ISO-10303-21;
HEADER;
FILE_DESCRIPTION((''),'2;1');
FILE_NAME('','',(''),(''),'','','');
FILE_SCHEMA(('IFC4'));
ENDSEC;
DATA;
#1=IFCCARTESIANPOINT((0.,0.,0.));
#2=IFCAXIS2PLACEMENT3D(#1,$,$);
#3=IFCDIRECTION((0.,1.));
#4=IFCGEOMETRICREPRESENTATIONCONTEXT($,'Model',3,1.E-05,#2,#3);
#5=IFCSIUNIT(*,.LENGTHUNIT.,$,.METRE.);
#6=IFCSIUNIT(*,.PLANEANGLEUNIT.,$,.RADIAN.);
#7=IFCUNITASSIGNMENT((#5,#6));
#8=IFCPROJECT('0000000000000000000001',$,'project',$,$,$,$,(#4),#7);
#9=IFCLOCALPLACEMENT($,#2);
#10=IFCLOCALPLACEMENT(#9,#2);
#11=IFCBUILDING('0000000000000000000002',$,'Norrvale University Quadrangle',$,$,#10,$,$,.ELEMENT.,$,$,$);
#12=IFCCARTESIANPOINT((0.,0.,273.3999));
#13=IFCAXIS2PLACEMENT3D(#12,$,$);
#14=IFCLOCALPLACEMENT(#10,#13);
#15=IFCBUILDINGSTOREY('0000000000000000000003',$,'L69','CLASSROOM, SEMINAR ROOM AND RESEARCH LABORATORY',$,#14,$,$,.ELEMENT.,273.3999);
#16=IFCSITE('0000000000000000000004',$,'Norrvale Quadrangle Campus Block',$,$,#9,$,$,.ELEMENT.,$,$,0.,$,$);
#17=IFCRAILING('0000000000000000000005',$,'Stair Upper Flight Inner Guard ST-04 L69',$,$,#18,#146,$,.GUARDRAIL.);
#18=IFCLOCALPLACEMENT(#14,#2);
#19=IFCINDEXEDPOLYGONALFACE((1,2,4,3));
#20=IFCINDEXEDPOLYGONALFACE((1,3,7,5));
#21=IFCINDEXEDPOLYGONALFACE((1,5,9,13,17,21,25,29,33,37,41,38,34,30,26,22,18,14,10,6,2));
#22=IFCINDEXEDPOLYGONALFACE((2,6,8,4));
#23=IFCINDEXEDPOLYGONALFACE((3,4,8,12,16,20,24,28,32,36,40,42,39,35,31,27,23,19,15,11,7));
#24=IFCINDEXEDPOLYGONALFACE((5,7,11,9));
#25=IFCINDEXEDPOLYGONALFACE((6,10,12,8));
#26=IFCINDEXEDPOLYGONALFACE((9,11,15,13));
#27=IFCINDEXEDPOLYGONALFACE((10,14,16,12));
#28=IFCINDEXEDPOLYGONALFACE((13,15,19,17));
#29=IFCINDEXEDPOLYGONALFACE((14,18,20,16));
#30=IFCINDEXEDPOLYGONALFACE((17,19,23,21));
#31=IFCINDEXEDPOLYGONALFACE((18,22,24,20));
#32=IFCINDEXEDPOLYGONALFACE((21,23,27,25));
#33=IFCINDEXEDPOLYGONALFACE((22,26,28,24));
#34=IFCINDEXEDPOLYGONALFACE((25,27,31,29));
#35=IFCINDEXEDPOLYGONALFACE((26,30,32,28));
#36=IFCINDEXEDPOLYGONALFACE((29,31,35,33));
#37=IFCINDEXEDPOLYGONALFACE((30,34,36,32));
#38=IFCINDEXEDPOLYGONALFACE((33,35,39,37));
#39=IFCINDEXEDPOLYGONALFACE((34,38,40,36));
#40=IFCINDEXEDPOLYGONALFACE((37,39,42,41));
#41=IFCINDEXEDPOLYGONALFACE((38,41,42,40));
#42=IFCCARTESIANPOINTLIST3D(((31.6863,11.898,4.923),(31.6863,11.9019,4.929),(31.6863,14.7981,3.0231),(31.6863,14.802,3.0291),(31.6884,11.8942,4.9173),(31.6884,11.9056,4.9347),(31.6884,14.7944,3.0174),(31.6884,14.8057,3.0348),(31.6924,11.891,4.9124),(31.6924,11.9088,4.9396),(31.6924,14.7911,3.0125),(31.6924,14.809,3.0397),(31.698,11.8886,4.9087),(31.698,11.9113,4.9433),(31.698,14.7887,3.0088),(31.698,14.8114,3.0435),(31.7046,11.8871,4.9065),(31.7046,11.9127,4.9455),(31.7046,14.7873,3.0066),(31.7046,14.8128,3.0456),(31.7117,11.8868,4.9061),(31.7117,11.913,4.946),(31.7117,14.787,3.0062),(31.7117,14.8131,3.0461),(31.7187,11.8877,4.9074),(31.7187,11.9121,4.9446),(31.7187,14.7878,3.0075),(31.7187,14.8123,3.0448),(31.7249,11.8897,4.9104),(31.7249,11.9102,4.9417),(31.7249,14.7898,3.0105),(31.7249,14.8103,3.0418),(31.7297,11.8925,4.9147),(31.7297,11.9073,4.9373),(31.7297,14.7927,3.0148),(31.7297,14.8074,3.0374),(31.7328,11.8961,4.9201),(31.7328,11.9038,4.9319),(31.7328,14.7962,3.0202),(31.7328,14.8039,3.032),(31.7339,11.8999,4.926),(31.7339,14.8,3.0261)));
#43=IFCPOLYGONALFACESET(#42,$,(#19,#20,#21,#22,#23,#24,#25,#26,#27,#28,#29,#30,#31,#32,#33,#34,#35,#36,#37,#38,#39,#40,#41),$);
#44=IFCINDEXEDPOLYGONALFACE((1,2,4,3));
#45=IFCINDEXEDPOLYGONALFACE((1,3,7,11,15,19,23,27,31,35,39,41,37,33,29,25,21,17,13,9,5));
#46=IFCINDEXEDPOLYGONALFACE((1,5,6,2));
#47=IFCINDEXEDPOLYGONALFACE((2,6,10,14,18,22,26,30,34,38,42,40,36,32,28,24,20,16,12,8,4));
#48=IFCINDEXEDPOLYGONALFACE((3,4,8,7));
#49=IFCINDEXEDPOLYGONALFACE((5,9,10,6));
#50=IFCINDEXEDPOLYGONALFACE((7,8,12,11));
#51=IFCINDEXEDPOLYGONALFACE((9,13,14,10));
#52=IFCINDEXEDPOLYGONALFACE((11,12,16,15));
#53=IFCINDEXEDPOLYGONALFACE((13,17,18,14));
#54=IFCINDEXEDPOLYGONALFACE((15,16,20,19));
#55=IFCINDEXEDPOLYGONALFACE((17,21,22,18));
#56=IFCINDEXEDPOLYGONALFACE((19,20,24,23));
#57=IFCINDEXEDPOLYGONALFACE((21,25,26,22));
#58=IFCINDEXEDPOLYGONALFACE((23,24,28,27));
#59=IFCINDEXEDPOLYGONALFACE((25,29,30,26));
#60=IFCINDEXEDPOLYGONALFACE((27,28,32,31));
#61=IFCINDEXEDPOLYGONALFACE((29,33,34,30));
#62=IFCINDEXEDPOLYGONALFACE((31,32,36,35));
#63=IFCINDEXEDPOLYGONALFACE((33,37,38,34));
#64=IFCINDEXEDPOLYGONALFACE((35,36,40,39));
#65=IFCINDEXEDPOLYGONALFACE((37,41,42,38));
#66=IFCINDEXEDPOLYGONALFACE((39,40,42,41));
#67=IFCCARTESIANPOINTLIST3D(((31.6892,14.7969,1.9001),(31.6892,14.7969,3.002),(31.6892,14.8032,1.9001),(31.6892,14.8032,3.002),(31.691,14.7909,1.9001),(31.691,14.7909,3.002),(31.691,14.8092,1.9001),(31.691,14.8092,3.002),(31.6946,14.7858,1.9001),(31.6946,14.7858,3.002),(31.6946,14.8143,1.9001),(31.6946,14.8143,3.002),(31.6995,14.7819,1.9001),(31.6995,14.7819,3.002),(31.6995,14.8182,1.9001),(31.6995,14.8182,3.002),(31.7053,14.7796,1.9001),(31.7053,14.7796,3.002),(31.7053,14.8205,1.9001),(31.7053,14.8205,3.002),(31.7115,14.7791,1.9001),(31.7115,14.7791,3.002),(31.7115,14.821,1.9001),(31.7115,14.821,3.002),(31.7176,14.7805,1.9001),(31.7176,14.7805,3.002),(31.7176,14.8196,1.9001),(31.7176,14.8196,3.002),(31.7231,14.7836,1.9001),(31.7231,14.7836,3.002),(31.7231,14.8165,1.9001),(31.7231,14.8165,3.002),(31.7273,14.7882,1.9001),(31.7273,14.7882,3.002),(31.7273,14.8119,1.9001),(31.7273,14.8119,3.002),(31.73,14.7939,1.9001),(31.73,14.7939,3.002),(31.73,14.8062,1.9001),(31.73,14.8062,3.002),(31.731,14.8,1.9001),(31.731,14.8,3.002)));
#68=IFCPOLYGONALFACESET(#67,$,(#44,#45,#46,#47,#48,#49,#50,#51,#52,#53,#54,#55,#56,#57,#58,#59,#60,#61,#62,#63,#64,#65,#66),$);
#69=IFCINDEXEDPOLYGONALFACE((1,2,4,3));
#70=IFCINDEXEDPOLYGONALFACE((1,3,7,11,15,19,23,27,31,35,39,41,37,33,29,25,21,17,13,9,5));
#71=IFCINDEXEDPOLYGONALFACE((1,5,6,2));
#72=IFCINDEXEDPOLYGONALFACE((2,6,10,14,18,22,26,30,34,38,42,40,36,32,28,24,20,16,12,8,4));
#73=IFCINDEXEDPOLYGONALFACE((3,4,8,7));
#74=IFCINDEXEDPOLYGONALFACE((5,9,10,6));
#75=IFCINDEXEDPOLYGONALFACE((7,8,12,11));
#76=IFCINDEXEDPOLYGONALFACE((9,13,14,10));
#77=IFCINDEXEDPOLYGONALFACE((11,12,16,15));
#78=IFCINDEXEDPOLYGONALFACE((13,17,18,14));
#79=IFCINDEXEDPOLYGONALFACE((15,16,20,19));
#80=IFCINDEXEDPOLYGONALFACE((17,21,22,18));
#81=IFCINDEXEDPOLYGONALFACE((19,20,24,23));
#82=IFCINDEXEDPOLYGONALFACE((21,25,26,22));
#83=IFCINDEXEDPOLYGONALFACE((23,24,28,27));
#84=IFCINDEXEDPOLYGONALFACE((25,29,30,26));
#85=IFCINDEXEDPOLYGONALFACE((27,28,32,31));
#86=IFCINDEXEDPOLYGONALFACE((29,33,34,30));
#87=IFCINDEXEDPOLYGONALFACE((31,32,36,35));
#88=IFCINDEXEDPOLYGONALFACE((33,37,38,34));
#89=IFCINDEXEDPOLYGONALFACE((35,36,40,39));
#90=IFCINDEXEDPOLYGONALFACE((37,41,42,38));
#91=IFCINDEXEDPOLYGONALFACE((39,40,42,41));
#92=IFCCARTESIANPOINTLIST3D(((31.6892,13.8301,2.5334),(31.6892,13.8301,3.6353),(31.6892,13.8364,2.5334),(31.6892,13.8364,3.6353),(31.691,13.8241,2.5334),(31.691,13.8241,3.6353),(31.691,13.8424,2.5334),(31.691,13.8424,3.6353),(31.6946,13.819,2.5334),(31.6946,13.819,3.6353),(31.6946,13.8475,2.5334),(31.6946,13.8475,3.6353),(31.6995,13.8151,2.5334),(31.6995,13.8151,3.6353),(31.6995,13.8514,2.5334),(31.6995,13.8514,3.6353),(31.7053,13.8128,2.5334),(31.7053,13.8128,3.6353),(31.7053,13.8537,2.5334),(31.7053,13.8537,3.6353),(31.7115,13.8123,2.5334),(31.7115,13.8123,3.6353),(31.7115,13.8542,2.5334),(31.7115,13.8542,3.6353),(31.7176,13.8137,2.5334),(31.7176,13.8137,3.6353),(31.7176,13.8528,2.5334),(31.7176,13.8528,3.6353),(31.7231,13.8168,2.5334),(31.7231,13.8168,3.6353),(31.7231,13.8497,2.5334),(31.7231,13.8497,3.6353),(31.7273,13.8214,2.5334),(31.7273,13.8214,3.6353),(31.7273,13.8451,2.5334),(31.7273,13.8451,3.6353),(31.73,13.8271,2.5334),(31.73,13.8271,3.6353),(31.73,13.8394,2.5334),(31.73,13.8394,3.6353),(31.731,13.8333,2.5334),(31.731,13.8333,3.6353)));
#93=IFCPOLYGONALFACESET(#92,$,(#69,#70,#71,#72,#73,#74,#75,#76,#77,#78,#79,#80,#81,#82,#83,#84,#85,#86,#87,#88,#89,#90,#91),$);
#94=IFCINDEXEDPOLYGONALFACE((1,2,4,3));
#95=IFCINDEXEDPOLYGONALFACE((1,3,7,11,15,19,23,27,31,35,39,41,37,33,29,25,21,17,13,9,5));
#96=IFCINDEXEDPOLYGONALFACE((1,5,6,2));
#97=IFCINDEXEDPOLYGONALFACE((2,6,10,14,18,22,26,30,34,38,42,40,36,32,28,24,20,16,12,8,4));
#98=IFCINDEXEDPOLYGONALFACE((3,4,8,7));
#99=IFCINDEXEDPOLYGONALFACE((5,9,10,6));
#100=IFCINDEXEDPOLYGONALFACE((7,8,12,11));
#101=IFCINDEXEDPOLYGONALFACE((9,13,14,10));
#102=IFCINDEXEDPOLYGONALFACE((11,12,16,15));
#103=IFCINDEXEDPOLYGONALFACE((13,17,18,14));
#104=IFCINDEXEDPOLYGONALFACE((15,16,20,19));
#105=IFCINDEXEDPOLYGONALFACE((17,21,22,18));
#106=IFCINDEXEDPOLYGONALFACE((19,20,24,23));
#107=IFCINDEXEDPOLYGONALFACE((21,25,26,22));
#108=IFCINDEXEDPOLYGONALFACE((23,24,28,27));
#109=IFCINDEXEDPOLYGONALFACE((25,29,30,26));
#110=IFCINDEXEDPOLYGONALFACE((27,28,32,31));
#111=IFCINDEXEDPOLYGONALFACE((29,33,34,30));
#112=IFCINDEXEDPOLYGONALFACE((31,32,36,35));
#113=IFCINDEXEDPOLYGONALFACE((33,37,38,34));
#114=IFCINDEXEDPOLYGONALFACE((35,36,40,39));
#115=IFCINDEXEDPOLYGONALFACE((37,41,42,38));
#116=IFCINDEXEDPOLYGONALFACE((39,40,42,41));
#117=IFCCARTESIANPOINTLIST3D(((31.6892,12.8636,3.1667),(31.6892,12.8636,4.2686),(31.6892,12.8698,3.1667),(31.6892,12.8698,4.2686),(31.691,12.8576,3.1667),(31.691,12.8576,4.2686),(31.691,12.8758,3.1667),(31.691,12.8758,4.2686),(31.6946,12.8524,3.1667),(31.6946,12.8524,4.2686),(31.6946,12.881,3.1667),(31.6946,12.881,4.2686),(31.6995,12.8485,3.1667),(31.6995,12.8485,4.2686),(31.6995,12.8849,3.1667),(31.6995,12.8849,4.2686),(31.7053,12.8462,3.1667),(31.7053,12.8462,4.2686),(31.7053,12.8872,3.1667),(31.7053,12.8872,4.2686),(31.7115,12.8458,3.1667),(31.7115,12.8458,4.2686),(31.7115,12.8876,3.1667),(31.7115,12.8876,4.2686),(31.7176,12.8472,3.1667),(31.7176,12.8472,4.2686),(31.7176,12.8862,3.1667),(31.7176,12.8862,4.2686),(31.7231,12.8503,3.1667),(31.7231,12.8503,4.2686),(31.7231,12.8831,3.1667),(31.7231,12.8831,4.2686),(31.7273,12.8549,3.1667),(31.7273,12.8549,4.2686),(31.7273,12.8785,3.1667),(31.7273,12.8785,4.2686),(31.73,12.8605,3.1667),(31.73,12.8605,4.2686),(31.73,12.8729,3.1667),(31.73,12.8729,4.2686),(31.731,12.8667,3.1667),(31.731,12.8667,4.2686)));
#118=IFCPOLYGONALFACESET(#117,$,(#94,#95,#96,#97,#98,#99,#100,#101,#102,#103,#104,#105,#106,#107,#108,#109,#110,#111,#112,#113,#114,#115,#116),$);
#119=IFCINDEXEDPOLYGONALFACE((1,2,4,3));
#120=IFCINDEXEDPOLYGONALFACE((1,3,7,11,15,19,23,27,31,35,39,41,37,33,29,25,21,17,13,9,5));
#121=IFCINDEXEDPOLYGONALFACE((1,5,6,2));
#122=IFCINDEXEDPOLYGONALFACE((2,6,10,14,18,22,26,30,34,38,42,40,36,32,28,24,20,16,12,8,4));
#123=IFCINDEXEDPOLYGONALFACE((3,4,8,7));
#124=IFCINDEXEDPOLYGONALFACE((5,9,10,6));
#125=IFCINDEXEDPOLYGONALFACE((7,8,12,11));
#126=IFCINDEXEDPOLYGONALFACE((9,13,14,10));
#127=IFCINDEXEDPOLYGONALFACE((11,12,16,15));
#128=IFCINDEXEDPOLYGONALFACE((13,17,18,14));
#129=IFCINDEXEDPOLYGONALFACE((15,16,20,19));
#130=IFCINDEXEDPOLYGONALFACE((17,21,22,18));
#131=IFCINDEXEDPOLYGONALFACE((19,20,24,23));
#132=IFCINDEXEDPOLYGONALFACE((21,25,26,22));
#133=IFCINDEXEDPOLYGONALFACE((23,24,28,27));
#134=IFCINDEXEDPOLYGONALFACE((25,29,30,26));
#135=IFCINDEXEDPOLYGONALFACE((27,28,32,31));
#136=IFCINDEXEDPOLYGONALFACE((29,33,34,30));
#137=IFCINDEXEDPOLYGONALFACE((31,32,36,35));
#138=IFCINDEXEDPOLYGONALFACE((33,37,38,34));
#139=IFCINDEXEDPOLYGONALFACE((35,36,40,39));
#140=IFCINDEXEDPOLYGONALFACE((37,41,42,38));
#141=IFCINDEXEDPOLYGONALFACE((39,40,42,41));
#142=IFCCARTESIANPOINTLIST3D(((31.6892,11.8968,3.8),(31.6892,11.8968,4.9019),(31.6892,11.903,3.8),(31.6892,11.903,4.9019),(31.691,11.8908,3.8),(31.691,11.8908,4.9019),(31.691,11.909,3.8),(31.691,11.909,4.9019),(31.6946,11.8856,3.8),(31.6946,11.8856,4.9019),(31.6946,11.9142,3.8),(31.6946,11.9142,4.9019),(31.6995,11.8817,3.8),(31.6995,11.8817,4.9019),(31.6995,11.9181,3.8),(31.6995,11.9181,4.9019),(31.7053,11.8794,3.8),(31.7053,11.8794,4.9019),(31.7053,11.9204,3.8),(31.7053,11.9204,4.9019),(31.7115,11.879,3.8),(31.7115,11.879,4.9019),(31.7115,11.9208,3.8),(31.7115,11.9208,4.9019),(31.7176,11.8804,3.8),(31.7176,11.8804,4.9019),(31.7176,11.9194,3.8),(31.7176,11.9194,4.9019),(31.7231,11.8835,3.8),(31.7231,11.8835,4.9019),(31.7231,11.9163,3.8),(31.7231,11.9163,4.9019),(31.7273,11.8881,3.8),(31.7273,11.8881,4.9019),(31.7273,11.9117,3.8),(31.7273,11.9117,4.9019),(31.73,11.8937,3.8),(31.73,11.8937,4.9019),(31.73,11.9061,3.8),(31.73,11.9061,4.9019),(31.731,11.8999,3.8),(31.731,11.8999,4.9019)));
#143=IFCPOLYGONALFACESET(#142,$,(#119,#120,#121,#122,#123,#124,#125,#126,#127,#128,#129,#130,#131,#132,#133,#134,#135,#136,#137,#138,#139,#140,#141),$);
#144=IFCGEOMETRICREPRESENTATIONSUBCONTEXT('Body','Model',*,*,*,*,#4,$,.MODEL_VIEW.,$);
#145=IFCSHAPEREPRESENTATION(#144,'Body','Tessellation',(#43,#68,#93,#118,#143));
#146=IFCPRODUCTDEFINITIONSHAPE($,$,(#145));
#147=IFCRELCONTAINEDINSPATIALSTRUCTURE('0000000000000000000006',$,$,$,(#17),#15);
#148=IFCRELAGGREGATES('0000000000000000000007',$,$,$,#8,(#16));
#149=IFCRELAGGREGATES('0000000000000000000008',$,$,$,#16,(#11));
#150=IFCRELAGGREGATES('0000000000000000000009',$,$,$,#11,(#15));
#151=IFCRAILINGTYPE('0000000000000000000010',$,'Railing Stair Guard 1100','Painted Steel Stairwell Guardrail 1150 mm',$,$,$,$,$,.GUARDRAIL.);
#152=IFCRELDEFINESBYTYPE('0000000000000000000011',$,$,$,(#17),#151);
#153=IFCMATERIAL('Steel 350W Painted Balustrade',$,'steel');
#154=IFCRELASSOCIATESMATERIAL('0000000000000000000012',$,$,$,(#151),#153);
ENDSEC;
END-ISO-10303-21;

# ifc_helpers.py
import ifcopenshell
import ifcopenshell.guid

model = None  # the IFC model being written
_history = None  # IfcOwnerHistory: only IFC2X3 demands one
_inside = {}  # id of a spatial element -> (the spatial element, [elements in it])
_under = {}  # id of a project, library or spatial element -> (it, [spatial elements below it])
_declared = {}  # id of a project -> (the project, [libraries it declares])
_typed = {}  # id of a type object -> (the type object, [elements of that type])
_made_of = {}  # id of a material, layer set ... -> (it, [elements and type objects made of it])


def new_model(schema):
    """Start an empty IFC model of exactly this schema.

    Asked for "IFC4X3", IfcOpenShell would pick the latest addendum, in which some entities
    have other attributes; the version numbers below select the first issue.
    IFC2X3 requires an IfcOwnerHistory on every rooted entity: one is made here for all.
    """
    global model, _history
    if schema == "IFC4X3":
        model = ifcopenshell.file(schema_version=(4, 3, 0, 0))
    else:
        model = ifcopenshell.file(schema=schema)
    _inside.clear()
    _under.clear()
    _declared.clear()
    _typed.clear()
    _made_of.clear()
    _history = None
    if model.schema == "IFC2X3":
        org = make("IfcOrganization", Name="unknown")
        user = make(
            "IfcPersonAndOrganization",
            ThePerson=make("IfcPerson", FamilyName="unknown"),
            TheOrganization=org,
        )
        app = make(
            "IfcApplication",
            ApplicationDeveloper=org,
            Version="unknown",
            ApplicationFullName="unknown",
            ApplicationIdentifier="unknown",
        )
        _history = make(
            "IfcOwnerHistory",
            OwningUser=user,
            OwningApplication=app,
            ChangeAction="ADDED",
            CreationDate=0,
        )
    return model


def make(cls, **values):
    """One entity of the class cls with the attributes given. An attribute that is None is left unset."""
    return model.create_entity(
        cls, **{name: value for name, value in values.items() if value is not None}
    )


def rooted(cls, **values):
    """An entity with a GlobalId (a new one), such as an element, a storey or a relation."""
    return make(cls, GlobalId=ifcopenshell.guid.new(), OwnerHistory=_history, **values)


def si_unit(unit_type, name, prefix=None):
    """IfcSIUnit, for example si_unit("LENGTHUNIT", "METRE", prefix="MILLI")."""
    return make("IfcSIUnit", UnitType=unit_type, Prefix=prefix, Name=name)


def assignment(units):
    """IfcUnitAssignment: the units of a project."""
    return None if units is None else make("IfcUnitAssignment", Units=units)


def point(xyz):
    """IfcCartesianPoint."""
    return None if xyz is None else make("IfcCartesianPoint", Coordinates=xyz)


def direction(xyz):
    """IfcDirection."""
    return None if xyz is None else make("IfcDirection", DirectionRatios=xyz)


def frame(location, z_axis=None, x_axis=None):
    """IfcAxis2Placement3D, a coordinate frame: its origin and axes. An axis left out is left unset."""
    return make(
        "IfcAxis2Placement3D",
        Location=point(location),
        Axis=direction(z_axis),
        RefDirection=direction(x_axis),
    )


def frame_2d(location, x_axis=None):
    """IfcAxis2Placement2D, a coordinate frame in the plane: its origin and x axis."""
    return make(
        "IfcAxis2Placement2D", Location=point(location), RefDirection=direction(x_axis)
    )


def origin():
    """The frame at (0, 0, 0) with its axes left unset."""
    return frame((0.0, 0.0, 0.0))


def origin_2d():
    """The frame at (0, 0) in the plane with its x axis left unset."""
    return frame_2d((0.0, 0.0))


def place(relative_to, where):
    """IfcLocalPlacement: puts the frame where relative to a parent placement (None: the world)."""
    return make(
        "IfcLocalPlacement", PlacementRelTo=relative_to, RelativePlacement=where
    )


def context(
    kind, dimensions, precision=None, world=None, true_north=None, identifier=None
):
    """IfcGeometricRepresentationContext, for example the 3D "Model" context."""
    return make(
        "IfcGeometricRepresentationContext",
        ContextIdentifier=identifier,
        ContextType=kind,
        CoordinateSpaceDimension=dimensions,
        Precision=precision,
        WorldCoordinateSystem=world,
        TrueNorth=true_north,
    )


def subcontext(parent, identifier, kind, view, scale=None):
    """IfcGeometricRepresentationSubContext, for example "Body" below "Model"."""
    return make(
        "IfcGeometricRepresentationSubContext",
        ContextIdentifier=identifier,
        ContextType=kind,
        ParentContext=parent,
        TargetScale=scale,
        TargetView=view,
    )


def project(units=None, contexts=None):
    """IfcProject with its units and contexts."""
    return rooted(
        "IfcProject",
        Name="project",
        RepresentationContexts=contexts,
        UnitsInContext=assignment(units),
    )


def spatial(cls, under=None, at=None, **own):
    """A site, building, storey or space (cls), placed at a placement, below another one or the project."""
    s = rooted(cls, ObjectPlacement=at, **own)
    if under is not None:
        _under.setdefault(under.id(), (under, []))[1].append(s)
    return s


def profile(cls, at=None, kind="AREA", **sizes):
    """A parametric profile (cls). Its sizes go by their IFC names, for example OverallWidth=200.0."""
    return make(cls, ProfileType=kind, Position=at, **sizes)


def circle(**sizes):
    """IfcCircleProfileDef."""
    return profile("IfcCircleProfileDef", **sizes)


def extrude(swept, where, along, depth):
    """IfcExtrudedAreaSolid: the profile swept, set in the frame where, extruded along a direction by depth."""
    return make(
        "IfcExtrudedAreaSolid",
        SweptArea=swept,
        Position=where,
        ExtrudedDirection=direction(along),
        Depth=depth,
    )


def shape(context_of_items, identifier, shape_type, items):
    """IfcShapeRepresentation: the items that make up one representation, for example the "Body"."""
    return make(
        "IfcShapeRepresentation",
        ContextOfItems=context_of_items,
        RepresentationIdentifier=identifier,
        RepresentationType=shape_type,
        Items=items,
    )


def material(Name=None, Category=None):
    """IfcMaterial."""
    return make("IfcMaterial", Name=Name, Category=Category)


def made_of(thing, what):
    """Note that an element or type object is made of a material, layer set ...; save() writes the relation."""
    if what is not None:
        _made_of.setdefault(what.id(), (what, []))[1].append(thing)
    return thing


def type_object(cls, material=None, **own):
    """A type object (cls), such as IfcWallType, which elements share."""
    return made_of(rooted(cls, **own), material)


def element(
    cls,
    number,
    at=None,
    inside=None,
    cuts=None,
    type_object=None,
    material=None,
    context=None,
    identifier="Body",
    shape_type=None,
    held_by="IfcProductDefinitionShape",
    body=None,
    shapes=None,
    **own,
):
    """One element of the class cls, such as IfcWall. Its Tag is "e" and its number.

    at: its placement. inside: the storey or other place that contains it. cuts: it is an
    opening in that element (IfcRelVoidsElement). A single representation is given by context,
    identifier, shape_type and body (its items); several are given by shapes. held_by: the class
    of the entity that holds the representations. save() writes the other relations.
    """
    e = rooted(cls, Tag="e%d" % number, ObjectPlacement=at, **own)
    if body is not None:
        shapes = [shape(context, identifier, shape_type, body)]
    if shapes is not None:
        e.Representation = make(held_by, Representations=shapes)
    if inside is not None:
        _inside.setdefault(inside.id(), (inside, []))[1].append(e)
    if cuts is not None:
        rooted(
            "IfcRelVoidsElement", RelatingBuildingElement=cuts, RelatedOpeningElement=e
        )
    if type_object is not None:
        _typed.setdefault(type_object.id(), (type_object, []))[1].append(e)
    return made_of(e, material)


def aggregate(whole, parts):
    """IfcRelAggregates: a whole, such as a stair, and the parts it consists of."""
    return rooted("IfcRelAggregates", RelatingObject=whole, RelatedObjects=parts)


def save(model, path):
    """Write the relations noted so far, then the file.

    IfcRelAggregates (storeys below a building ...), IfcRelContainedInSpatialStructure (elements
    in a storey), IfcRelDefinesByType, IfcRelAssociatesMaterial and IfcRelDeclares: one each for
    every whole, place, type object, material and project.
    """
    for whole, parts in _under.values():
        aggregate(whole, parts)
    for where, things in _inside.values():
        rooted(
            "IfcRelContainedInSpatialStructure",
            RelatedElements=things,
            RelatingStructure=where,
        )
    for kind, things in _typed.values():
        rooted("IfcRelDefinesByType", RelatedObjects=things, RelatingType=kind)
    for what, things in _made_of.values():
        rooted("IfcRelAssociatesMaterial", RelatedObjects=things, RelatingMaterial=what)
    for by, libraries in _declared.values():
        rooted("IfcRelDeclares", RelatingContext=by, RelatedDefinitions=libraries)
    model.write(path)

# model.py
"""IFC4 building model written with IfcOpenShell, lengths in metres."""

from ifc_helpers import new_model, si_unit, direction, frame, origin, origin_2d, place, context, subcontext, project, spatial, circle, extrude, material, type_object, element, save


model = new_model("IFC4")

# Units and contexts
model_context = context("Model", 3, precision=1e-05, world=origin(), true_north=direction((0.0, 1.0)))
body_context = subcontext(model_context, "Body", "Model", "MODEL_VIEW")
ifc_project = project(units=[si_unit("LENGTHUNIT", "METRE"), si_unit("PLANEANGLEUNIT", "RADIAN")], contexts=[model_context])

# Site, building, storey
site_placement = place(None, origin())
site = spatial("IfcSite", under=ifc_project, at=site_placement, Name="Norrvale Quadrangle Campus Block", CompositionType="ELEMENT", RefElevation=0.0)
building_placement = place(site_placement, origin())
building = spatial("IfcBuilding", under=site, at=building_placement, Name="Norrvale University Quadrangle", CompositionType="ELEMENT")
storey_placement = place(building_placement, frame((0.0, 0.0, 273.3999)))
storey = spatial("IfcBuildingStorey", under=building, at=storey_placement, Name="L69", Description="CLASSROOM, SEMINAR ROOM AND RESEARCH LABORATORY", CompositionType="ELEMENT", Elevation=273.3999)

# Railing
ifc_material_1 = material(Name="Steel 350W Painted Balustrade", Category="steel")
railing_type_1 = type_object("IfcRailingType", Name="Railing Stair Guard 1100", Description="Painted Steel Stairwell Guardrail 1150 mm", PredefinedType="GUARDRAIL", material=ifc_material_1)
railing_1_placement = place(storey_placement, frame((31.71, 14.8, 1.9001)))
element("IfcRailing", 1, at=railing_1_placement, inside=storey, type_object=railing_type_1, Name="Stair Upper Flight Inner Guard ST-04 L69", PredefinedType="GUARDRAIL", context=body_context, shape_type="SweptSolid", body=[
    extrude(circle(Radius=0.0239, at=origin_2d()), frame((0.0, 0.0, 1.126), z_axis=(0.0, -0.836487, 0.547987), x_axis=(1.0, 0.0, 0.0)), (0.0, 0.0, 1.0), 3.467),
    extrude(circle(Radius=0.021, at=origin_2d()), origin(), (0.0, 0.0, 1.0), 1.1018),
    extrude(circle(Radius=0.021, at=origin_2d()), frame((0.0, -0.9668, 0.6333)), (0.0, 0.0, 1.0), 1.1018),
    extrude(circle(Radius=0.021, at=origin_2d()), frame((0.0, -1.9333, 1.2666)), (0.0, 0.0, 1.0), 1.1018),
    extrude(circle(Radius=0.021, at=origin_2d()), frame((0.0, -2.9001, 1.8999)), (0.0, 0.0, 1.0), 1.1018),
])

save(model, "model.ifc")
